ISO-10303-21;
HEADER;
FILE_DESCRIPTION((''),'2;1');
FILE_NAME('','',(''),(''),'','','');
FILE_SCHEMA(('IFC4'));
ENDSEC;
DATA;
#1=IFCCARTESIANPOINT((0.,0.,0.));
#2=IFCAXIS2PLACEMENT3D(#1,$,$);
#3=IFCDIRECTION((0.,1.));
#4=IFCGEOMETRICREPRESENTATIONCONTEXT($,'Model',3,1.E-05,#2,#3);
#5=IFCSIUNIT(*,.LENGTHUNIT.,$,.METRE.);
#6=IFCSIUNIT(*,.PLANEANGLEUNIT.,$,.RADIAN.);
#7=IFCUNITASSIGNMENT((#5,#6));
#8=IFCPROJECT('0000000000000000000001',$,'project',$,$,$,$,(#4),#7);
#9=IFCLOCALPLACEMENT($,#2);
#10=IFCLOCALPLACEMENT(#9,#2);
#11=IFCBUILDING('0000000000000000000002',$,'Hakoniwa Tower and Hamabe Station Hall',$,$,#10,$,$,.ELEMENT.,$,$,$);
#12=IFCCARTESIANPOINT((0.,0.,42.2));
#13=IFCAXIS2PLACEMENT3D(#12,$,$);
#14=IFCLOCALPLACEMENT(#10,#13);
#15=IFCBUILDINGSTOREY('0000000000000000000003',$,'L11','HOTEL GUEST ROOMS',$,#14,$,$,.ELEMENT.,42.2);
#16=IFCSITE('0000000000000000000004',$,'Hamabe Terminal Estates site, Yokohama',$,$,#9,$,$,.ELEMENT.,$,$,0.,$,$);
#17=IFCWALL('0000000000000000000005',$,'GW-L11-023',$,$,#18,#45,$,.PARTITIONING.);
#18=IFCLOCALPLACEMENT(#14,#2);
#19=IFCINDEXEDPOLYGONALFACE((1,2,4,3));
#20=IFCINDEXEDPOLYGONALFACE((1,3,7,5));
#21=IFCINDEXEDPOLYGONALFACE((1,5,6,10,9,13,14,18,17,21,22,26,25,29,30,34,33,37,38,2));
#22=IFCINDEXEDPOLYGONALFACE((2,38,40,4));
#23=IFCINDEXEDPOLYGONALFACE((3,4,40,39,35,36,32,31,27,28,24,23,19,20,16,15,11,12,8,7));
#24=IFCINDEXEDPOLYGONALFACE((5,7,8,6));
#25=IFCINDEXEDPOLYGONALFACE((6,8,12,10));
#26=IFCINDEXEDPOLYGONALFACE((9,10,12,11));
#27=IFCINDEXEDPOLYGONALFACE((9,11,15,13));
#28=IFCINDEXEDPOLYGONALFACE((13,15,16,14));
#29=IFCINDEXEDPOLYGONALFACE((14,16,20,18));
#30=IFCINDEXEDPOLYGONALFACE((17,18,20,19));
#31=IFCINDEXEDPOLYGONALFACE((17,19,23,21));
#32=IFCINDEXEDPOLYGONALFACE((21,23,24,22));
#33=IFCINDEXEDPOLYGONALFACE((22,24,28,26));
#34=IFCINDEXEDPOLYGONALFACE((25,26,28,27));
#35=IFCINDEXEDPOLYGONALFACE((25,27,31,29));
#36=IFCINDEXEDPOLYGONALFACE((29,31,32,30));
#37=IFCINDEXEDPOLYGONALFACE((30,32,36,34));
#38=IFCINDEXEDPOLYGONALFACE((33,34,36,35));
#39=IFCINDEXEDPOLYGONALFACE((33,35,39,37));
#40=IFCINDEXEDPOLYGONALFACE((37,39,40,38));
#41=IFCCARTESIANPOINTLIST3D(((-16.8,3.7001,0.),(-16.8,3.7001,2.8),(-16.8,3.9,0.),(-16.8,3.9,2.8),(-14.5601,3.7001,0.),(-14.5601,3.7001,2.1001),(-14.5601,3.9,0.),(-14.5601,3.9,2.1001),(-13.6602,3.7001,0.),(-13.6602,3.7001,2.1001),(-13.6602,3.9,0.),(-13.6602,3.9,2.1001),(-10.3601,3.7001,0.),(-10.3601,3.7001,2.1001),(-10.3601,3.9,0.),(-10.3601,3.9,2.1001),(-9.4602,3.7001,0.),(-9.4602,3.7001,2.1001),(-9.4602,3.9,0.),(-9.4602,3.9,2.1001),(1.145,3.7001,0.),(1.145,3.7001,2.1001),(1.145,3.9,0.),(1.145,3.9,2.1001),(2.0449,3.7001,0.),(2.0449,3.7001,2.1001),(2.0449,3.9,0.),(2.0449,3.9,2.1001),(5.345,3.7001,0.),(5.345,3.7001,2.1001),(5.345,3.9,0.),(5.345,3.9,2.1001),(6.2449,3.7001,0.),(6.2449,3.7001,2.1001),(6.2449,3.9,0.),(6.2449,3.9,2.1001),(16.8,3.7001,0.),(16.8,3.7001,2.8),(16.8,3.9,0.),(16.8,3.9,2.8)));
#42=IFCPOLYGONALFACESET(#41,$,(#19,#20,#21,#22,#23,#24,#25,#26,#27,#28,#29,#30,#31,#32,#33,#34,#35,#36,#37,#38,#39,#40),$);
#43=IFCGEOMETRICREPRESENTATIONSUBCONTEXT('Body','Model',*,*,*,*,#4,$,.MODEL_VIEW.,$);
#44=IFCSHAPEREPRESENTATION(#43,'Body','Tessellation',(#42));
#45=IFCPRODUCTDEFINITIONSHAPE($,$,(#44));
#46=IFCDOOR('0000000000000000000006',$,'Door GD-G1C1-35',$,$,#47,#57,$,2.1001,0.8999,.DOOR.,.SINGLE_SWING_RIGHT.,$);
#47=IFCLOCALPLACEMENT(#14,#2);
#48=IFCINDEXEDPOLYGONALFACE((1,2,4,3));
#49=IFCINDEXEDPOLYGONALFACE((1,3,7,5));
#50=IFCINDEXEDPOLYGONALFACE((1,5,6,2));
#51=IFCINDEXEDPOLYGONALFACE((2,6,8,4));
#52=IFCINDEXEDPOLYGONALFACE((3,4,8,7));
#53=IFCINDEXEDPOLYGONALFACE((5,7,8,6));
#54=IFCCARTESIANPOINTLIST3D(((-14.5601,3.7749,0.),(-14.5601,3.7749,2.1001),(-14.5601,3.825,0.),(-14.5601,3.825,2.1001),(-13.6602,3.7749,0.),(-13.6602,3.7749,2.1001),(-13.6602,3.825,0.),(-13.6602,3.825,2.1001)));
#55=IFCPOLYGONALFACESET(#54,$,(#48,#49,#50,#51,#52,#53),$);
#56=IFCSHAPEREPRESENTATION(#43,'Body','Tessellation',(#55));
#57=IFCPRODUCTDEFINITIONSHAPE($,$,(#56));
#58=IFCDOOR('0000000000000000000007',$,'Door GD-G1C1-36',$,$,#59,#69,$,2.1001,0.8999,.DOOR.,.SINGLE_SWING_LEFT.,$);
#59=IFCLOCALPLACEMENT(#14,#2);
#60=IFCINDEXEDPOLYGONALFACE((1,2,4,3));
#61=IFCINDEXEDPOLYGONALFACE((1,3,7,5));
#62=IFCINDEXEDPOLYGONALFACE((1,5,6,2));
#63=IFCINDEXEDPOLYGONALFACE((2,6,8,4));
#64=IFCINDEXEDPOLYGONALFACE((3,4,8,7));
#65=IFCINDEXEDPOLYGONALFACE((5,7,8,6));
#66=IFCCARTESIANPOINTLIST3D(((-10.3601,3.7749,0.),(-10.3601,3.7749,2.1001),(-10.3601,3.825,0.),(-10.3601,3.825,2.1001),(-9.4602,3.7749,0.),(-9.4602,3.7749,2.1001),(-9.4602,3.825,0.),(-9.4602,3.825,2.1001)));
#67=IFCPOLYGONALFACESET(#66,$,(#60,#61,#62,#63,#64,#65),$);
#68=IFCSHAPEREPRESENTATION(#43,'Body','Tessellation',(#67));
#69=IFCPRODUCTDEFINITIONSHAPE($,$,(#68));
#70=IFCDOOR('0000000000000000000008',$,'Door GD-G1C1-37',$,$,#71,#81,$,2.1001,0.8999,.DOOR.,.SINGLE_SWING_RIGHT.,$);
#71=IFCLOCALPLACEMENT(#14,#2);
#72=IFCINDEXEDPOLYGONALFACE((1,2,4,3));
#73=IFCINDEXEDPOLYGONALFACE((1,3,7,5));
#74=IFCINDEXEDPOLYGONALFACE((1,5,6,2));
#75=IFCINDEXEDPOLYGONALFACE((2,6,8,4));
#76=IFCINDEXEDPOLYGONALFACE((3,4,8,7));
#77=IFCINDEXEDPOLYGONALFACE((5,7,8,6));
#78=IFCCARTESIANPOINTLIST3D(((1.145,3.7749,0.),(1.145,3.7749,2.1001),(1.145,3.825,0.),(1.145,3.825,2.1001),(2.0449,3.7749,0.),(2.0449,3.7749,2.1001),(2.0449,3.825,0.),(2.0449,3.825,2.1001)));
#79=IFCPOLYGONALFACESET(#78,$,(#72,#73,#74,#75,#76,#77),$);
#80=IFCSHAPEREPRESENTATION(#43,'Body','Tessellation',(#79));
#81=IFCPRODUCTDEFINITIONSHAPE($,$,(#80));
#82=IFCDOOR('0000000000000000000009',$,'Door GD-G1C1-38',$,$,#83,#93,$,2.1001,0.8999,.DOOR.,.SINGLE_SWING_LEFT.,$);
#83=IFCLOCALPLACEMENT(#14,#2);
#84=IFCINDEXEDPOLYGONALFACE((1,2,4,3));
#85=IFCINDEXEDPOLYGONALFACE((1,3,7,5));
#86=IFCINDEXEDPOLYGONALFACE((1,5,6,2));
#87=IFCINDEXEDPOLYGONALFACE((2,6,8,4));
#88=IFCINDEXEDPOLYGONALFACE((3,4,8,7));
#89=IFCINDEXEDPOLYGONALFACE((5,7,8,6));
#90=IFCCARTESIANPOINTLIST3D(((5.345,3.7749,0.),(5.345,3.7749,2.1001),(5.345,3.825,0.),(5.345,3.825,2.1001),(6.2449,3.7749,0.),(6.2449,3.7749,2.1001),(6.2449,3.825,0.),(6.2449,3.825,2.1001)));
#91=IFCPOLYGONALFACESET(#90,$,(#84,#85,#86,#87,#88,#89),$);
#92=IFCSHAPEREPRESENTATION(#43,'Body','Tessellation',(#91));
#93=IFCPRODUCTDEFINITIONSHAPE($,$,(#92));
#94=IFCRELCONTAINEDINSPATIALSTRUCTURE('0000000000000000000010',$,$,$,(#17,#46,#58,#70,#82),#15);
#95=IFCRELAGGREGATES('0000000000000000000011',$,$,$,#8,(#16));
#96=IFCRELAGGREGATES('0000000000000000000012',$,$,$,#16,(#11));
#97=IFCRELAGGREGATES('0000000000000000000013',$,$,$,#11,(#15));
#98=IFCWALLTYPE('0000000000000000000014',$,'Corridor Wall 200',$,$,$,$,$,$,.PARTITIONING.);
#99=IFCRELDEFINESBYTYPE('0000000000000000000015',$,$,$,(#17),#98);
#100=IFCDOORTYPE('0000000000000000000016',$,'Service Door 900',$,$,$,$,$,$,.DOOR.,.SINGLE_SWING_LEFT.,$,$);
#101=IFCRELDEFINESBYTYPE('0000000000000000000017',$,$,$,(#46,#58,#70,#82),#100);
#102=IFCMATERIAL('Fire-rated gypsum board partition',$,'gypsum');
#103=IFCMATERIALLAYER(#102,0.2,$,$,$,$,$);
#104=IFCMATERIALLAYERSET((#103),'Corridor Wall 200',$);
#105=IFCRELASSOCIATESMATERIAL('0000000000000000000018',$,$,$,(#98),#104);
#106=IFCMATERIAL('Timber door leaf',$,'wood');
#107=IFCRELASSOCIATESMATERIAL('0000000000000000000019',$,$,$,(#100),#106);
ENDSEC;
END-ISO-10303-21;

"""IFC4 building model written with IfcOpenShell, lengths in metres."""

from ifc_helpers import new_model, si_unit, direction, frame, frame_2d, origin, place, context, subcontext, project, spatial, rectangle, extrude, material, layer, layer_set, type_object, element, fill, save


model = new_model("IFC4")

# Units and contexts
model_context = context("Model", 3, precision=1e-05, world=origin(), true_north=direction((0.0, 1.0)))
body_context = subcontext(model_context, "Body", "Model", "MODEL_VIEW")
ifc_project = project(units=[si_unit("LENGTHUNIT", "METRE"), si_unit("PLANEANGLEUNIT", "RADIAN")], contexts=[model_context])

# Site, building, storey
site_placement = place(None, origin())
site = spatial("IfcSite", under=ifc_project, at=site_placement, Name="Hamabe Terminal Estates site, Yokohama", CompositionType="ELEMENT", RefElevation=0.0)
building_placement = place(site_placement, origin())
building = spatial("IfcBuilding", under=site, at=building_placement, Name="Hakoniwa Tower and Hamabe Station Hall", CompositionType="ELEMENT")
storey_placement = place(building_placement, frame((0.0, 0.0, 42.2)))
storey = spatial("IfcBuildingStorey", under=building, at=storey_placement, Name="L11", Description="HOTEL GUEST ROOMS", CompositionType="ELEMENT", Elevation=42.2)

# Wall, openings, doors
ifc_material_1 = material(Name="Fire-rated gypsum board partition", Category="gypsum")
ifc_layer_1 = layer(ifc_material_1, 0.2)
ifc_layer_set_1 = layer_set([ifc_layer_1], Name="Corridor Wall 200")
wall_type_1 = type_object("IfcWallType", Name="Corridor Wall 200", PredefinedType="PARTITIONING", material=ifc_layer_set_1)
wall_1_placement = place(storey_placement, frame((-16.8, 3.8, 0.0), z_axis=(0.0, 0.0, 1.0), x_axis=(1.0, 0.0, 0.0)))
wall_1 = element("IfcWall", 1, at=wall_1_placement, inside=storey, type_object=wall_type_1, Name="GW-L11-023", PredefinedType="PARTITIONING", context=body_context, shape_type="SweptSolid", body=[
    extrude(rectangle(XDim=33.6001, YDim=0.2, at=frame_2d((16.8, 0.0))), origin(), (0.0, 0.0, 1.0), 2.8),
])
opening_1_placement = place(wall_1_placement, frame((2.24, 0.0, 0.0)))
opening_1 = element("IfcOpeningElement", 2, at=opening_1_placement, cuts=wall_1, PredefinedType="OPENING", context=body_context, shape_type="SweptSolid", body=[
    extrude(rectangle(XDim=0.8999, YDim=2.1001, at=frame_2d((0.45, 1.05))), frame((0.0, 0.1099, 0.0), z_axis=(0.0, -1.0, 0.0), x_axis=(1.0, 0.0, 0.0)), (0.0, 0.0, 1.0), 0.22),
])
opening_2_placement = place(wall_1_placement, frame((6.4399, 0.0, 0.0)))
opening_2 = element("IfcOpeningElement", 3, at=opening_2_placement, cuts=wall_1, PredefinedType="OPENING", context=body_context, shape_type="SweptSolid", body=[
    extrude(rectangle(XDim=0.8999, YDim=2.1001, at=frame_2d((0.45, 1.05))), frame((0.0, 0.1099, 0.0), z_axis=(0.0, -1.0, 0.0), x_axis=(1.0, 0.0, 0.0)), (0.0, 0.0, 1.0), 0.22),
])
opening_3_placement = place(wall_1_placement, frame((17.9451, 0.0, 0.0)))
opening_3 = element("IfcOpeningElement", 4, at=opening_3_placement, cuts=wall_1, PredefinedType="OPENING", context=body_context, shape_type="SweptSolid", body=[
    extrude(rectangle(XDim=0.8999, YDim=2.1001, at=frame_2d((0.45, 1.05))), frame((0.0, 0.1099, 0.0), z_axis=(0.0, -1.0, 0.0), x_axis=(1.0, 0.0, 0.0)), (0.0, 0.0, 1.0), 0.22),
])
opening_4_placement = place(wall_1_placement, frame((22.145, 0.0, 0.0)))
opening_4 = element("IfcOpeningElement", 5, at=opening_4_placement, cuts=wall_1, PredefinedType="OPENING", context=body_context, shape_type="SweptSolid", body=[
    extrude(rectangle(XDim=0.8999, YDim=2.1001, at=frame_2d((0.45, 1.05))), frame((0.0, 0.1099, 0.0), z_axis=(0.0, -1.0, 0.0), x_axis=(1.0, 0.0, 0.0)), (0.0, 0.0, 1.0), 0.22),
])
ifc_material_2 = material(Name="Timber door leaf", Category="wood")
door_type_1 = type_object("IfcDoorType", Name="Service Door 900", OperationType="SINGLE_SWING_LEFT", PredefinedType="DOOR", material=ifc_material_2)
door_1_placement = place(opening_1_placement, origin())
door_1 = element("IfcDoor", 6, at=door_1_placement, inside=storey, type_object=door_type_1, Name="Door GD-G1C1-35", OperationType="SINGLE_SWING_RIGHT", OverallHeight=2.1001, OverallWidth=0.8999, PredefinedType="DOOR", context=body_context, shape_type="SweptSolid", body=[
    extrude(rectangle(XDim=0.8999, YDim=2.1001, at=frame_2d((0.45, 1.05))), frame((0.0, 0.0249, 0.0), z_axis=(0.0, -1.0, 0.0), x_axis=(1.0, 0.0, 0.0)), (0.0, 0.0, 1.0), 0.05),
])
fill(opening_1, door_1)
door_2_placement = place(opening_2_placement, origin())
door_2 = element("IfcDoor", 7, at=door_2_placement, inside=storey, type_object=door_type_1, Name="Door GD-G1C1-36", OperationType="SINGLE_SWING_LEFT", OverallHeight=2.1001, OverallWidth=0.8999, PredefinedType="DOOR", context=body_context, shape_type="SweptSolid", body=[
    extrude(rectangle(XDim=0.8999, YDim=2.1001, at=frame_2d((0.45, 1.05))), frame((0.0, 0.0249, 0.0), z_axis=(0.0, -1.0, 0.0), x_axis=(1.0, 0.0, 0.0)), (0.0, 0.0, 1.0), 0.05),
])
fill(opening_2, door_2)
door_3_placement = place(opening_3_placement, origin())
door_3 = element("IfcDoor", 8, at=door_3_placement, inside=storey, type_object=door_type_1, Name="Door GD-G1C1-37", OperationType="SINGLE_SWING_RIGHT", OverallHeight=2.1001, OverallWidth=0.8999, PredefinedType="DOOR", context=body_context, shape_type="SweptSolid", body=[
    extrude(rectangle(XDim=0.8999, YDim=2.1001, at=frame_2d((0.45, 1.05))), frame((0.0, 0.0249, 0.0), z_axis=(0.0, -1.0, 0.0), x_axis=(1.0, 0.0, 0.0)), (0.0, 0.0, 1.0), 0.05),
])
fill(opening_3, door_3)
door_4_placement = place(opening_4_placement, origin())
door_4 = element("IfcDoor", 9, at=door_4_placement, inside=storey, type_object=door_type_1, Name="Door GD-G1C1-38", OperationType="SINGLE_SWING_LEFT", OverallHeight=2.1001, OverallWidth=0.8999, PredefinedType="DOOR", context=body_context, shape_type="SweptSolid", body=[
    extrude(rectangle(XDim=0.8999, YDim=2.1001, at=frame_2d((0.45, 1.05))), frame((0.0, 0.0249, 0.0), z_axis=(0.0, -1.0, 0.0), x_axis=(1.0, 0.0, 0.0)), (0.0, 0.0, 1.0), 0.05),
])
fill(opening_4, door_4)

save(model, "model.ifc")
